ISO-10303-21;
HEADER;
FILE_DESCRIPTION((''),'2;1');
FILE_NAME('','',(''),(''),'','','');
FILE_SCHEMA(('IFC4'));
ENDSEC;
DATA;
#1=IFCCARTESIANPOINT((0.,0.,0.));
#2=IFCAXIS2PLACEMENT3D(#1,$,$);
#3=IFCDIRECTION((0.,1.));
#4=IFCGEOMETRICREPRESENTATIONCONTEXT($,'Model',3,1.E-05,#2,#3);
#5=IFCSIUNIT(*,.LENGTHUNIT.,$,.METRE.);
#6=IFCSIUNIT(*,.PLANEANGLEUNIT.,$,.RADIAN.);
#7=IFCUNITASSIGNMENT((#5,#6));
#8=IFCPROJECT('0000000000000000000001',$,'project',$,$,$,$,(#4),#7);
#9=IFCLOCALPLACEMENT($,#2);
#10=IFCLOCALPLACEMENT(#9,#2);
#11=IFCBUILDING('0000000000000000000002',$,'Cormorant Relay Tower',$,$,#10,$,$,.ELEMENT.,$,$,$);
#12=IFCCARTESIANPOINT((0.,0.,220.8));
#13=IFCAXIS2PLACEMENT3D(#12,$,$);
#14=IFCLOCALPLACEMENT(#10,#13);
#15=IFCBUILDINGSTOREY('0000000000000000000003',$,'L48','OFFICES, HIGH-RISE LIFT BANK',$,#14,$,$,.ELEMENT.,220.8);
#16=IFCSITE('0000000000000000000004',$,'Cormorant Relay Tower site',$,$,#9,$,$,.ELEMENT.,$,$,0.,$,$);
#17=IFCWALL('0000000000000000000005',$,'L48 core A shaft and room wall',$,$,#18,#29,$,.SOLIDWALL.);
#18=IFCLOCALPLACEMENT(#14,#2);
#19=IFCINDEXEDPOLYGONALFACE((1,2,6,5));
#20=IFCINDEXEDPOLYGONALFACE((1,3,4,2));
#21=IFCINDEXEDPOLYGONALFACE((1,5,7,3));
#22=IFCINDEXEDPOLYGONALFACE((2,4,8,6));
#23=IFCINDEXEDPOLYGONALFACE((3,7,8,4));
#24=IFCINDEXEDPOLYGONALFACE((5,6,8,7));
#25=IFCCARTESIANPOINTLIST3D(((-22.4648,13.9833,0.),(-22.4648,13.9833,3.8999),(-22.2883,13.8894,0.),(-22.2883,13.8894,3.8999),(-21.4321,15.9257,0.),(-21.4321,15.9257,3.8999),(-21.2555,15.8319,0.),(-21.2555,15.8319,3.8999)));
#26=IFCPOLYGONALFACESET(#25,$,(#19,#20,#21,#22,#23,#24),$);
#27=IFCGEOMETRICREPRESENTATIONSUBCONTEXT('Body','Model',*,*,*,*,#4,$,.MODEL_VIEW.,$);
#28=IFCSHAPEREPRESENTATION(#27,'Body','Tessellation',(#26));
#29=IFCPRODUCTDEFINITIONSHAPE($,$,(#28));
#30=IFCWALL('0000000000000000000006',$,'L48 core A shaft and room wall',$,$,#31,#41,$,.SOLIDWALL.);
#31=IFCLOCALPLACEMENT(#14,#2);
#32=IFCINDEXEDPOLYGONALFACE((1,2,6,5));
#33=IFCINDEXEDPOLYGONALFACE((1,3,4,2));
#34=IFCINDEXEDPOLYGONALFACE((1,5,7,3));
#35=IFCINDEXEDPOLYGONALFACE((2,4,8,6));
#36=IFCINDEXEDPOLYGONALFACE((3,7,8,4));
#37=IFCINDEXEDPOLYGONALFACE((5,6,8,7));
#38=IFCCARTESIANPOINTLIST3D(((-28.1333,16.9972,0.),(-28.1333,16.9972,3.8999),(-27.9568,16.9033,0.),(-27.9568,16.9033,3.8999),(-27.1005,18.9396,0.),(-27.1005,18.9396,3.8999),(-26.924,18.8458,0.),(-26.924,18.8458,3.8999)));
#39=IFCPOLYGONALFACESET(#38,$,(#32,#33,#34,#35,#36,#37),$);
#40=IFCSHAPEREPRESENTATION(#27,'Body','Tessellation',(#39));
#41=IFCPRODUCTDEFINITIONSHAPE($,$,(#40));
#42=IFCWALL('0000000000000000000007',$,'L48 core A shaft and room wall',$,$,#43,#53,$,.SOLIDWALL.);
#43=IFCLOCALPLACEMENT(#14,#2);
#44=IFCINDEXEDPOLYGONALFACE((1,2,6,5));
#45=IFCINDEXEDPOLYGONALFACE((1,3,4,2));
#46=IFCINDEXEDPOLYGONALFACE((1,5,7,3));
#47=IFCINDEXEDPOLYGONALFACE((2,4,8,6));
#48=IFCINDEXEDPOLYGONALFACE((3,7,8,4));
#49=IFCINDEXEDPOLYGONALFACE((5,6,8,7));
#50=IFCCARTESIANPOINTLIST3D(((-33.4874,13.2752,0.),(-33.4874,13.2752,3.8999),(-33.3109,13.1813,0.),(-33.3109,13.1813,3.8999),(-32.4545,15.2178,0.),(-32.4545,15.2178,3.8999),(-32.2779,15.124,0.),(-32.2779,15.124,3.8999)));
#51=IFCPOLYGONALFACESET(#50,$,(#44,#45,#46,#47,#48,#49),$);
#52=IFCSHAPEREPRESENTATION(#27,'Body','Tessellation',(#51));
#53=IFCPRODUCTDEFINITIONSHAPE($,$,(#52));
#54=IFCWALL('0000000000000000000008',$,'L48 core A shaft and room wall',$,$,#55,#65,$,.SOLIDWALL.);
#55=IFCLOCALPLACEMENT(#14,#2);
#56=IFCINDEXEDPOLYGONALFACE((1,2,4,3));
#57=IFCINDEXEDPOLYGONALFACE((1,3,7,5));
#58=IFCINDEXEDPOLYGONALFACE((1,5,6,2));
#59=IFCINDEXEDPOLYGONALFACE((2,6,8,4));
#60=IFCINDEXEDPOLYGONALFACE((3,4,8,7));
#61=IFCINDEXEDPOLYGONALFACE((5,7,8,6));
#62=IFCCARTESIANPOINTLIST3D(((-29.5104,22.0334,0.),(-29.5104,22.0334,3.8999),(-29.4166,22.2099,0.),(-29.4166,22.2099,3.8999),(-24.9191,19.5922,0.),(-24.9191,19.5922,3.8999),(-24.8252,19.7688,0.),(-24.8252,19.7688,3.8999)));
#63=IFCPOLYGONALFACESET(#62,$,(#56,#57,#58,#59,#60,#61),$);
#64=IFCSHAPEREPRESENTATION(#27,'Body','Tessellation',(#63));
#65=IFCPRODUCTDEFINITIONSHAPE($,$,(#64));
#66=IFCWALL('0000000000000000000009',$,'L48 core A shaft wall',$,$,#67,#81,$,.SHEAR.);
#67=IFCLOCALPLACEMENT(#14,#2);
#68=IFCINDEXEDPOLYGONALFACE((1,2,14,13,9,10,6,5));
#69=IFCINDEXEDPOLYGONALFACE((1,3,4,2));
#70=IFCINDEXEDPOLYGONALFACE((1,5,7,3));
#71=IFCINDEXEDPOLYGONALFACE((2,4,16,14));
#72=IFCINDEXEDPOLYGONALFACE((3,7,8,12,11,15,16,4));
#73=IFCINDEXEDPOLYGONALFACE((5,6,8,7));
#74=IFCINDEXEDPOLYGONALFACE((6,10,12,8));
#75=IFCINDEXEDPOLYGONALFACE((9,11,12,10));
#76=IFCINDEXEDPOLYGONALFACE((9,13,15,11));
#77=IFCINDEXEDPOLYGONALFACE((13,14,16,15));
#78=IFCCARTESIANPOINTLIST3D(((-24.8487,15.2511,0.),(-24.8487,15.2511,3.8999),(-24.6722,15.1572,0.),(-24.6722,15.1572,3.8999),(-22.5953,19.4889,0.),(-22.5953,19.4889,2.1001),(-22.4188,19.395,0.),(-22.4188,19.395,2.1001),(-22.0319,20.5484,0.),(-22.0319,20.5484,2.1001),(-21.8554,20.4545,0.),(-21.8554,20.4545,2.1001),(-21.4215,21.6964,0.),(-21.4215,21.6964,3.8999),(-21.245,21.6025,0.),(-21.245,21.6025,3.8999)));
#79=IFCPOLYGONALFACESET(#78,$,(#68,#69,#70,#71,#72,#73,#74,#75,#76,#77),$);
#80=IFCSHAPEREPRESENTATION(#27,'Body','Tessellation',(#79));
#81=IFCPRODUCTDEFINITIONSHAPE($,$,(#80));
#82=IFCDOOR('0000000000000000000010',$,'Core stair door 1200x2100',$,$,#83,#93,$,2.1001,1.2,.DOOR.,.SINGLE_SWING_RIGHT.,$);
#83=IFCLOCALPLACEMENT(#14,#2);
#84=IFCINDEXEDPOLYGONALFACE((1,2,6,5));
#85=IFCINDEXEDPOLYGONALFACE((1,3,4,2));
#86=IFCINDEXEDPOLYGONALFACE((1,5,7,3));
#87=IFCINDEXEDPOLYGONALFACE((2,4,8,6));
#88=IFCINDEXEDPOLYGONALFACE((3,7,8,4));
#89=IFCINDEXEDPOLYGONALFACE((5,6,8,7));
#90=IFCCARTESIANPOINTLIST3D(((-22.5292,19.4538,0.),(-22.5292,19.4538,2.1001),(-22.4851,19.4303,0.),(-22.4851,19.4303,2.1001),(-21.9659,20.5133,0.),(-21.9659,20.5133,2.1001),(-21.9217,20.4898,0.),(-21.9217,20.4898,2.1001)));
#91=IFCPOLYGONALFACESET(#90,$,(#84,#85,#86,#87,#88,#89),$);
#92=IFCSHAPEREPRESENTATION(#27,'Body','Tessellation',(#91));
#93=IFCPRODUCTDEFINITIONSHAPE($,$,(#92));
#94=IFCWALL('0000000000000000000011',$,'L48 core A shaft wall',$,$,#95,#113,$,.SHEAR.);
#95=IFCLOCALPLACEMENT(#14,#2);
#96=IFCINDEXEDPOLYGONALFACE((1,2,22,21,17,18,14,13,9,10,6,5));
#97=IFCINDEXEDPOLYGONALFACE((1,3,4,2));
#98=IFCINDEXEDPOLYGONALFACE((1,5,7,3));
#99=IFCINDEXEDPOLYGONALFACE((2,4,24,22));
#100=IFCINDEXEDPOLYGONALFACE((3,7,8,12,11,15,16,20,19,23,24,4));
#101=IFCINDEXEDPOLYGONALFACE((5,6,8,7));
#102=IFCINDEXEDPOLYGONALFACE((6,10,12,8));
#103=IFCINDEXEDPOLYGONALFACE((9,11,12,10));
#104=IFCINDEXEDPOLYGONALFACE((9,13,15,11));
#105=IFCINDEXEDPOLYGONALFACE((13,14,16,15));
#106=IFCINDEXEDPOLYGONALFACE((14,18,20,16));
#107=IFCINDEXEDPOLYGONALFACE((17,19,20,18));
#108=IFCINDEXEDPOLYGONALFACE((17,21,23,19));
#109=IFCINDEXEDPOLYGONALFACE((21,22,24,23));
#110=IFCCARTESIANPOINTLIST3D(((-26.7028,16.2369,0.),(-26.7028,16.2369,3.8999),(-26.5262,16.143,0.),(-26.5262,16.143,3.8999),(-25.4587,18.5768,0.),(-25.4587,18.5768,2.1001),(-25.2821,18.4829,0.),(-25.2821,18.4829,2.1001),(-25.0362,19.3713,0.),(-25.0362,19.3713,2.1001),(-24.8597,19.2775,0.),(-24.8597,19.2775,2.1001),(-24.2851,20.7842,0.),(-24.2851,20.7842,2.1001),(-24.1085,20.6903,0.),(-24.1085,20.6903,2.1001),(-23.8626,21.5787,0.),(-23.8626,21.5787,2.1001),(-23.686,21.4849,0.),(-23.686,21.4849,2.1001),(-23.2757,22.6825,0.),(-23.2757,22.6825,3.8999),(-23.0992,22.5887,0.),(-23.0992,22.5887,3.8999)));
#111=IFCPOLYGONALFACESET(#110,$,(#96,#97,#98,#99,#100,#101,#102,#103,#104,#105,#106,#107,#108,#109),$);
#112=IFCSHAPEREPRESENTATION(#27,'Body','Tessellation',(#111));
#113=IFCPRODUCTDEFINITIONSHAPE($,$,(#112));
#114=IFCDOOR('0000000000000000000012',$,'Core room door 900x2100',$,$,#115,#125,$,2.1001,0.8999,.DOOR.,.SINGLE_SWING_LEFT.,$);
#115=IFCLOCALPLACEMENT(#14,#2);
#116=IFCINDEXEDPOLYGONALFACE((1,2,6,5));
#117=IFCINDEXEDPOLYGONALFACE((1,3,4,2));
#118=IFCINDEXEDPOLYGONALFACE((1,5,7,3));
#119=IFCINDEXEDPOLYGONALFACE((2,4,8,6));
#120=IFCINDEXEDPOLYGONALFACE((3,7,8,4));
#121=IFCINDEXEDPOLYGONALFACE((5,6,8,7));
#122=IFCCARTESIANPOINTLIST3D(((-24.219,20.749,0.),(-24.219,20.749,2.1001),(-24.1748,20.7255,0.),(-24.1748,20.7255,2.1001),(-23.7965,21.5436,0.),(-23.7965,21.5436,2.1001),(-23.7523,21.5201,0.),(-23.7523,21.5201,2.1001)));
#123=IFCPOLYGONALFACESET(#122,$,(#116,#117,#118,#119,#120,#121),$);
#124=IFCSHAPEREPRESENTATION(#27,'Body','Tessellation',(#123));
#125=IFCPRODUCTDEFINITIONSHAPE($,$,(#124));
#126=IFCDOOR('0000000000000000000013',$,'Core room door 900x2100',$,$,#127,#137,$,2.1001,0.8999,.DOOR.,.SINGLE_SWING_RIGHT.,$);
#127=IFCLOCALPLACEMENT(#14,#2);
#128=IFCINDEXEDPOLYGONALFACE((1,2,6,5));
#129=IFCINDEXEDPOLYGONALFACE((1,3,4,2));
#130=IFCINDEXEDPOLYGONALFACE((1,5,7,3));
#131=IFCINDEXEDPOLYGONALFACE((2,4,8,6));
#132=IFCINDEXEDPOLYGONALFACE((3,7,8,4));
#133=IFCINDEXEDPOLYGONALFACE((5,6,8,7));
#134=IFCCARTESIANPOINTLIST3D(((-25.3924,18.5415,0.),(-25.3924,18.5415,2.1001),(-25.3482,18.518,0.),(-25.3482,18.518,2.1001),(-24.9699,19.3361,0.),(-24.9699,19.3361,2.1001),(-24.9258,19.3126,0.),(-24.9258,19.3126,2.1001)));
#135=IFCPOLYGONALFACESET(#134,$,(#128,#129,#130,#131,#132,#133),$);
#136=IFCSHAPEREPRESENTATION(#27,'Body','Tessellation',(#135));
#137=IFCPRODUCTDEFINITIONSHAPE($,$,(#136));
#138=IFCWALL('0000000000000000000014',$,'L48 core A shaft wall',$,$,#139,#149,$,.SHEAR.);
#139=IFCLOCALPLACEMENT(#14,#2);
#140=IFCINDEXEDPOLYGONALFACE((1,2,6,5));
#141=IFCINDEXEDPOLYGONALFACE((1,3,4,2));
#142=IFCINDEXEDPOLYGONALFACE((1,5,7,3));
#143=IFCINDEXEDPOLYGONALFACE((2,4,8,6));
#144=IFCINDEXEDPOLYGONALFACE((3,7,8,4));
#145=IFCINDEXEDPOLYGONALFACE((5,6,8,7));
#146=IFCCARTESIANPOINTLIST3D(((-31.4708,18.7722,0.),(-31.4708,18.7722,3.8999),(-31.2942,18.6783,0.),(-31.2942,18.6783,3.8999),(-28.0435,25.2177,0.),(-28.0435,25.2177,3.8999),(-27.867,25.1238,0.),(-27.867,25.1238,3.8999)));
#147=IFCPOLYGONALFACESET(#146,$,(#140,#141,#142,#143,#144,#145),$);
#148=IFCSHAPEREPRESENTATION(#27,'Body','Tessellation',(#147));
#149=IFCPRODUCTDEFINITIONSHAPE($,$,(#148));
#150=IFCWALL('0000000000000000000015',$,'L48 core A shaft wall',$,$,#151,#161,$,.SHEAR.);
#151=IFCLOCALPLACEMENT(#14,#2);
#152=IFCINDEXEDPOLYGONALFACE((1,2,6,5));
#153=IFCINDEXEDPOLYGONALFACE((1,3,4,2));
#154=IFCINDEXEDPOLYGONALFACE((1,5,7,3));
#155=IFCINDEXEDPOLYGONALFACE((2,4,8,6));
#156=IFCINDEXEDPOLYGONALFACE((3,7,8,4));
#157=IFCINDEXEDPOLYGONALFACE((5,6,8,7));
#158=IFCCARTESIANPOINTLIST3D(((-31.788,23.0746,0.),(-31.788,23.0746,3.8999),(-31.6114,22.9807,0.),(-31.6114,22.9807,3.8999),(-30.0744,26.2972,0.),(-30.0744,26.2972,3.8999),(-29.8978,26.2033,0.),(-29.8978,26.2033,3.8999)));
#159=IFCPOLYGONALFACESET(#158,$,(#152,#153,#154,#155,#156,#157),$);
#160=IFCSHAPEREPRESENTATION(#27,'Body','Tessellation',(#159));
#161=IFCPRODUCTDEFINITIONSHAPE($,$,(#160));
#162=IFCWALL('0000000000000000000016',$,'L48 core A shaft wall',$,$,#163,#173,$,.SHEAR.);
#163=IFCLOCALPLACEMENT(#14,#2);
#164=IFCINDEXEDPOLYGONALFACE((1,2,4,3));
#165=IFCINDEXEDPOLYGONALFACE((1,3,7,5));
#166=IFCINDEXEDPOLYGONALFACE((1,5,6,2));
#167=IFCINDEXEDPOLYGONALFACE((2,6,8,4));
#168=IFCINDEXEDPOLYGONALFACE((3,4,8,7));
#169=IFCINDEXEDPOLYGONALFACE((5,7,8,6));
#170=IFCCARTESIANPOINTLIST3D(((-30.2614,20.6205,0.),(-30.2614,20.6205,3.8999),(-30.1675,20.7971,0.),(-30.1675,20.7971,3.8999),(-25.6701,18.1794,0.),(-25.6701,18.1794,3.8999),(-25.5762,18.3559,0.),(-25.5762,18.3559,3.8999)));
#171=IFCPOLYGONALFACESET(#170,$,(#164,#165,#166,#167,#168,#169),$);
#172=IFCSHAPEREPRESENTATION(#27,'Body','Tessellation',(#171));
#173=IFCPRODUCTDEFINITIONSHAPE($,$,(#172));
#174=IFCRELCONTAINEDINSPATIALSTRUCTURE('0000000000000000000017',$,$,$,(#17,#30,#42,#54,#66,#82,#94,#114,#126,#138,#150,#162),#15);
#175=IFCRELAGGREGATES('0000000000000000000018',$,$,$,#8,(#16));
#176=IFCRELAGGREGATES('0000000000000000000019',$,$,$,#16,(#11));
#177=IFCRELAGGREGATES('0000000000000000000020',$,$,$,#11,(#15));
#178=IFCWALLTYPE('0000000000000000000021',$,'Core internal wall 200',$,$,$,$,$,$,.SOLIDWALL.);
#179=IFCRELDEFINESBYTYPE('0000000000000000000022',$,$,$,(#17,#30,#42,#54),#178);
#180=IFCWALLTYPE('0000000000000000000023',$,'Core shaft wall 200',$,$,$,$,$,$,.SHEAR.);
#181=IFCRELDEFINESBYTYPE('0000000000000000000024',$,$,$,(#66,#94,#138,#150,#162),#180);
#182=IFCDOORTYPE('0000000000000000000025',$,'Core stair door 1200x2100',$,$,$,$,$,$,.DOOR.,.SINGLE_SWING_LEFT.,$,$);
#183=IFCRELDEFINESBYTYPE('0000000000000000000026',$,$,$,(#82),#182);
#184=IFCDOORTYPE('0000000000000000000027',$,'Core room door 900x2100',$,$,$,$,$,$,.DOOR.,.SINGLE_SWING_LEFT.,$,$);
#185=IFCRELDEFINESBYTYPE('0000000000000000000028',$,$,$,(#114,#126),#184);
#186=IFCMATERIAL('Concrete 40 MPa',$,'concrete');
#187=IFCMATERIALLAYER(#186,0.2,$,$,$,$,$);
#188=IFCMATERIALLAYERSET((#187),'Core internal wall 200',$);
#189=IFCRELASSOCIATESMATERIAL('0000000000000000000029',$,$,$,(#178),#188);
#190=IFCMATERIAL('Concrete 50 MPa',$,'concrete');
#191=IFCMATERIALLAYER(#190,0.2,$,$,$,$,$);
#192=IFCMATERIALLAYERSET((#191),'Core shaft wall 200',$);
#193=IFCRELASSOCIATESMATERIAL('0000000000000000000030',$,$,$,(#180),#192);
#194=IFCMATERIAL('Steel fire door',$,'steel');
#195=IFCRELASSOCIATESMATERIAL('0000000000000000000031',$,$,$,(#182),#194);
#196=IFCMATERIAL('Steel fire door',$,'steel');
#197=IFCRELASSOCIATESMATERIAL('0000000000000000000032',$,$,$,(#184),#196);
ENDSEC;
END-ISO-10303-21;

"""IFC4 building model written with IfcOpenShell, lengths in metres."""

from ifc_helpers import new_model, si_unit, direction, frame, frame_2d, origin, place, context, subcontext, project, spatial, rectangle, extrude, material, layer, layer_set, type_object, element, fill, save


model = new_model("IFC4")

# Units and contexts
model_context = context("Model", 3, precision=1e-05, world=origin(), true_north=direction((0.0, 1.0)))
body_context = subcontext(model_context, "Body", "Model", "MODEL_VIEW")
ifc_project = project(units=[si_unit("LENGTHUNIT", "METRE"), si_unit("PLANEANGLEUNIT", "RADIAN")], contexts=[model_context])

# Site, building, storey
site_placement = place(None, origin())
site = spatial("IfcSite", under=ifc_project, at=site_placement, Name="Cormorant Relay Tower site", CompositionType="ELEMENT", RefElevation=0.0)
building_placement = place(site_placement, origin())
building = spatial("IfcBuilding", under=site, at=building_placement, Name="Cormorant Relay Tower", CompositionType="ELEMENT")
storey_placement = place(building_placement, frame((0.0, 0.0, 220.8)))
storey = spatial("IfcBuildingStorey", under=building, at=storey_placement, Name="L48", Description="OFFICES, HIGH-RISE LIFT BANK", CompositionType="ELEMENT", Elevation=220.8)

# Walls
ifc_material_1 = material(Name="Concrete 40 MPa", Category="concrete")
ifc_layer_1 = layer(ifc_material_1, 0.2)
ifc_layer_set_1 = layer_set([ifc_layer_1], Name="Core internal wall 200")
wall_type_1 = type_object("IfcWallType", Name="Core internal wall 200", PredefinedType="SOLIDWALL", material=ifc_layer_set_1)
for number, where, z_axis, x_axis, name in (
    (1, (-21.3438, 15.8789, 0.0), (0.0, 0.0, 1.0), (-0.469447, -0.88296, 0.0), "L48 core A shaft and room wall"),
    (2, (-27.0122, 18.8928, 0.0), (0.0, 0.0, 1.0), (-0.469447, -0.88296, 0.0), "L48 core A shaft and room wall"),
):
    element("IfcWall", number, at=place(storey_placement, frame(where, z_axis=z_axis, x_axis=x_axis)), inside=storey, type_object=wall_type_1, Name=name, PredefinedType="SOLIDWALL", context=body_context, shape_type="SweptSolid", body=[
        extrude(rectangle(XDim=2.2, YDim=0.2, at=frame_2d((1.1001, 0.0))), origin(), (0.0, 0.0, 1.0), 3.8999),
    ])
wall_1_placement = place(storey_placement, frame((-32.3662, 15.1709, 0.0), z_axis=(0.0, 0.0, 1.0), x_axis=(-0.469488, -0.882939, 0.0)))
element("IfcWall", 3, at=wall_1_placement, inside=storey, type_object=wall_type_1, Name="L48 core A shaft and room wall", PredefinedType="SOLIDWALL", context=body_context, shape_type="SweptSolid", body=[
    extrude(rectangle(XDim=2.2002, YDim=0.2, at=frame_2d((1.1001, 0.0))), origin(), (0.0, 0.0, 1.0), 3.8999),
])
wall_2_placement = place(storey_placement, frame((-24.8721, 19.6804, 0.0), z_axis=(0.0, 0.0, 1.0), x_axis=(-0.882954, 0.46946, 0.0)))
element("IfcWall", 4, at=wall_2_placement, inside=storey, type_object=wall_type_1, Name="L48 core A shaft and room wall", PredefinedType="SOLIDWALL", context=body_context, shape_type="SweptSolid", body=[
    extrude(rectangle(XDim=5.2, YDim=0.2, at=frame_2d((2.6001, 0.0))), origin(), (0.0, 0.0, 1.0), 3.8999),
])

# Wall, opening, door
ifc_material_2 = material(Name="Concrete 50 MPa", Category="concrete")
ifc_layer_2 = layer(ifc_material_2, 0.2)
ifc_layer_set_2 = layer_set([ifc_layer_2], Name="Core shaft wall 200")
wall_type_2 = type_object("IfcWallType", Name="Core shaft wall 200", PredefinedType="SHEAR", material=ifc_layer_set_2)
wall_3_placement = place(storey_placement, frame((-21.3333, 21.6494, 0.0), z_axis=(0.0, 0.0, 1.0), x_axis=(-0.469494, -0.882936, 0.0)))
wall_3 = element("IfcWall", 5, at=wall_3_placement, inside=storey, type_object=wall_type_2, Name="L48 core A shaft wall", PredefinedType="SHEAR", context=body_context, shape_type="SweptSolid", body=[
    extrude(rectangle(XDim=7.2998, YDim=0.2, at=frame_2d((3.6499, 0.0))), origin(), (0.0, 0.0, 1.0), 3.8999),
])
opening_1_placement = place(wall_3_placement, frame((1.3, 0.0, 0.0)))
opening_1 = element("IfcOpeningElement", 6, at=opening_1_placement, cuts=wall_3, PredefinedType="OPENING", context=body_context, shape_type="SweptSolid", body=[
    extrude(rectangle(XDim=1.2, YDim=2.1001, at=frame_2d((0.6001, 1.05))), frame((0.0, 0.1099, 0.0), z_axis=(0.0, -1.0, 0.0), x_axis=(1.0, 0.0, 0.0)), (0.0, 0.0, 1.0), 0.22),
])
ifc_material_3 = material(Name="Steel fire door", Category="steel")
door_type_1 = type_object("IfcDoorType", Name="Core stair door 1200x2100", OperationType="SINGLE_SWING_LEFT", PredefinedType="DOOR", material=ifc_material_3)
door_1_placement = place(opening_1_placement, origin())
door_1 = element("IfcDoor", 7, at=door_1_placement, inside=storey, type_object=door_type_1, Name="Core stair door 1200x2100", OperationType="SINGLE_SWING_RIGHT", OverallHeight=2.1001, OverallWidth=1.2, PredefinedType="DOOR", context=body_context, shape_type="SweptSolid", body=[
    extrude(rectangle(XDim=1.2, YDim=2.1001, at=frame_2d((0.6001, 1.05))), frame((0.0, 0.0249, 0.0), z_axis=(0.0, -1.0, 0.0), x_axis=(1.0, 0.0, 0.0)), (0.0, 0.0, 1.0), 0.05),
])
fill(opening_1, door_1)

# Wall, openings, doors
wall_4_placement = place(storey_placement, frame((-23.1875, 22.6355, 0.0), z_axis=(0.0, 0.0, 1.0), x_axis=(-0.469454, -0.882957, 0.0)))
wall_4 = element("IfcWall", 8, at=wall_4_placement, inside=storey, type_object=wall_type_2, Name="L48 core A shaft wall", PredefinedType="SHEAR", context=body_context, shape_type="SweptSolid", body=[
    extrude(rectangle(XDim=7.3, YDim=0.2, at=frame_2d((3.6499, 0.0))), origin(), (0.0, 0.0, 1.0), 3.8999),
])
opening_2_placement = place(wall_4_placement, frame((1.25, 0.0, 0.0)))
opening_2 = element("IfcOpeningElement", 9, at=opening_2_placement, cuts=wall_4, PredefinedType="OPENING", context=body_context, shape_type="SweptSolid", body=[
    extrude(rectangle(XDim=0.8999, YDim=2.1001, at=frame_2d((0.45, 1.05))), frame((0.0, 0.1099, 0.0), z_axis=(0.0, -1.0, 0.0), x_axis=(1.0, 0.0, 0.0)), (0.0, 0.0, 1.0), 0.22),
])
opening_3_placement = place(wall_4_placement, frame((3.75, 0.0, 0.0)))
opening_3 = element("IfcOpeningElement", 10, at=opening_3_placement, cuts=wall_4, PredefinedType="OPENING", context=body_context, shape_type="SweptSolid", body=[
    extrude(rectangle(XDim=0.8999, YDim=2.1001, at=frame_2d((0.45, 1.05))), frame((0.0, 0.1099, 0.0), z_axis=(0.0, -1.0, 0.0), x_axis=(1.0, 0.0, 0.0)), (0.0, 0.0, 1.0), 0.22),
])
ifc_material_4 = material(Name="Steel fire door", Category="steel")
door_type_2 = type_object("IfcDoorType", Name="Core room door 900x2100", OperationType="SINGLE_SWING_LEFT", PredefinedType="DOOR", material=ifc_material_4)
door_2_placement = place(opening_2_placement, origin())
door_2 = element("IfcDoor", 11, at=door_2_placement, inside=storey, type_object=door_type_2, Name="Core room door 900x2100", OperationType="SINGLE_SWING_LEFT", OverallHeight=2.1001, OverallWidth=0.8999, PredefinedType="DOOR", context=body_context, shape_type="SweptSolid", body=[
    extrude(rectangle(XDim=0.8999, YDim=2.1001, at=frame_2d((0.45, 1.05))), frame((0.0, 0.0249, 0.0), z_axis=(0.0, -1.0, 0.0), x_axis=(1.0, 0.0, 0.0)), (0.0, 0.0, 1.0), 0.05),
])
fill(opening_2, door_2)
door_3_placement = place(opening_3_placement, frame((0.8999, 0.0, 0.0), z_axis=(0.0, 0.0, 1.0), x_axis=(-1.0, 0.0, 0.0)))
door_3 = element("IfcDoor", 12, at=door_3_placement, inside=storey, type_object=door_type_2, Name="Core room door 900x2100", OperationType="SINGLE_SWING_RIGHT", OverallHeight=2.1001, OverallWidth=0.8999, PredefinedType="DOOR", context=body_context, shape_type="SweptSolid", body=[
    extrude(rectangle(XDim=0.8999, YDim=2.1001, at=frame_2d((0.45, 1.05))), frame((0.0, 0.0249, 0.0), z_axis=(0.0, -1.0, 0.0), x_axis=(1.0, 0.0, 0.0)), (0.0, 0.0, 1.0), 0.05),
])
fill(opening_3, door_3)

# Walls
wall_5_placement = place(storey_placement, frame((-27.9553, 25.1707, 0.0), z_axis=(0.0, 0.0, 1.0), x_axis=(-0.46948, -0.882943, 0.0)))
element("IfcWall", 13, at=wall_5_placement, inside=storey, type_object=wall_type_2, Name="L48 core A shaft wall", PredefinedType="SHEAR", context=body_context, shape_type="SweptSolid", body=[
    extrude(rectangle(XDim=7.3, YDim=0.2, at=frame_2d((3.6499, 0.0))), origin(), (0.0, 0.0, 1.0), 3.8999),
])
wall_6_placement = place(storey_placement, frame((-29.9861, 26.2502, 0.0), z_axis=(0.0, 0.0, 1.0), x_axis=(-0.469494, -0.882936, 0.0)))
element("IfcWall", 14, at=wall_6_placement, inside=storey, type_object=wall_type_2, Name="L48 core A shaft wall", PredefinedType="SHEAR", context=body_context, shape_type="SweptSolid", body=[
    extrude(rectangle(XDim=3.6499, YDim=0.2, at=frame_2d((1.825, 0.0))), origin(), (0.0, 0.0, 1.0), 3.8999),
])

# Wall
wall_7_placement = place(storey_placement, frame((-25.623, 18.2676, 0.0), z_axis=(0.0, 0.0, 1.0), x_axis=(-0.882954, 0.46946, 0.0)))
element("IfcWall", 15, at=wall_7_placement, inside=storey, type_object=wall_type_2, Name="L48 core A shaft wall", PredefinedType="SHEAR", context=body_context, shape_type="SweptSolid", body=[
    extrude(rectangle(XDim=5.2, YDim=0.2, at=frame_2d((2.6001, 0.0))), origin(), (0.0, 0.0, 1.0), 3.8999),
])

save(model, "model.ifc")
